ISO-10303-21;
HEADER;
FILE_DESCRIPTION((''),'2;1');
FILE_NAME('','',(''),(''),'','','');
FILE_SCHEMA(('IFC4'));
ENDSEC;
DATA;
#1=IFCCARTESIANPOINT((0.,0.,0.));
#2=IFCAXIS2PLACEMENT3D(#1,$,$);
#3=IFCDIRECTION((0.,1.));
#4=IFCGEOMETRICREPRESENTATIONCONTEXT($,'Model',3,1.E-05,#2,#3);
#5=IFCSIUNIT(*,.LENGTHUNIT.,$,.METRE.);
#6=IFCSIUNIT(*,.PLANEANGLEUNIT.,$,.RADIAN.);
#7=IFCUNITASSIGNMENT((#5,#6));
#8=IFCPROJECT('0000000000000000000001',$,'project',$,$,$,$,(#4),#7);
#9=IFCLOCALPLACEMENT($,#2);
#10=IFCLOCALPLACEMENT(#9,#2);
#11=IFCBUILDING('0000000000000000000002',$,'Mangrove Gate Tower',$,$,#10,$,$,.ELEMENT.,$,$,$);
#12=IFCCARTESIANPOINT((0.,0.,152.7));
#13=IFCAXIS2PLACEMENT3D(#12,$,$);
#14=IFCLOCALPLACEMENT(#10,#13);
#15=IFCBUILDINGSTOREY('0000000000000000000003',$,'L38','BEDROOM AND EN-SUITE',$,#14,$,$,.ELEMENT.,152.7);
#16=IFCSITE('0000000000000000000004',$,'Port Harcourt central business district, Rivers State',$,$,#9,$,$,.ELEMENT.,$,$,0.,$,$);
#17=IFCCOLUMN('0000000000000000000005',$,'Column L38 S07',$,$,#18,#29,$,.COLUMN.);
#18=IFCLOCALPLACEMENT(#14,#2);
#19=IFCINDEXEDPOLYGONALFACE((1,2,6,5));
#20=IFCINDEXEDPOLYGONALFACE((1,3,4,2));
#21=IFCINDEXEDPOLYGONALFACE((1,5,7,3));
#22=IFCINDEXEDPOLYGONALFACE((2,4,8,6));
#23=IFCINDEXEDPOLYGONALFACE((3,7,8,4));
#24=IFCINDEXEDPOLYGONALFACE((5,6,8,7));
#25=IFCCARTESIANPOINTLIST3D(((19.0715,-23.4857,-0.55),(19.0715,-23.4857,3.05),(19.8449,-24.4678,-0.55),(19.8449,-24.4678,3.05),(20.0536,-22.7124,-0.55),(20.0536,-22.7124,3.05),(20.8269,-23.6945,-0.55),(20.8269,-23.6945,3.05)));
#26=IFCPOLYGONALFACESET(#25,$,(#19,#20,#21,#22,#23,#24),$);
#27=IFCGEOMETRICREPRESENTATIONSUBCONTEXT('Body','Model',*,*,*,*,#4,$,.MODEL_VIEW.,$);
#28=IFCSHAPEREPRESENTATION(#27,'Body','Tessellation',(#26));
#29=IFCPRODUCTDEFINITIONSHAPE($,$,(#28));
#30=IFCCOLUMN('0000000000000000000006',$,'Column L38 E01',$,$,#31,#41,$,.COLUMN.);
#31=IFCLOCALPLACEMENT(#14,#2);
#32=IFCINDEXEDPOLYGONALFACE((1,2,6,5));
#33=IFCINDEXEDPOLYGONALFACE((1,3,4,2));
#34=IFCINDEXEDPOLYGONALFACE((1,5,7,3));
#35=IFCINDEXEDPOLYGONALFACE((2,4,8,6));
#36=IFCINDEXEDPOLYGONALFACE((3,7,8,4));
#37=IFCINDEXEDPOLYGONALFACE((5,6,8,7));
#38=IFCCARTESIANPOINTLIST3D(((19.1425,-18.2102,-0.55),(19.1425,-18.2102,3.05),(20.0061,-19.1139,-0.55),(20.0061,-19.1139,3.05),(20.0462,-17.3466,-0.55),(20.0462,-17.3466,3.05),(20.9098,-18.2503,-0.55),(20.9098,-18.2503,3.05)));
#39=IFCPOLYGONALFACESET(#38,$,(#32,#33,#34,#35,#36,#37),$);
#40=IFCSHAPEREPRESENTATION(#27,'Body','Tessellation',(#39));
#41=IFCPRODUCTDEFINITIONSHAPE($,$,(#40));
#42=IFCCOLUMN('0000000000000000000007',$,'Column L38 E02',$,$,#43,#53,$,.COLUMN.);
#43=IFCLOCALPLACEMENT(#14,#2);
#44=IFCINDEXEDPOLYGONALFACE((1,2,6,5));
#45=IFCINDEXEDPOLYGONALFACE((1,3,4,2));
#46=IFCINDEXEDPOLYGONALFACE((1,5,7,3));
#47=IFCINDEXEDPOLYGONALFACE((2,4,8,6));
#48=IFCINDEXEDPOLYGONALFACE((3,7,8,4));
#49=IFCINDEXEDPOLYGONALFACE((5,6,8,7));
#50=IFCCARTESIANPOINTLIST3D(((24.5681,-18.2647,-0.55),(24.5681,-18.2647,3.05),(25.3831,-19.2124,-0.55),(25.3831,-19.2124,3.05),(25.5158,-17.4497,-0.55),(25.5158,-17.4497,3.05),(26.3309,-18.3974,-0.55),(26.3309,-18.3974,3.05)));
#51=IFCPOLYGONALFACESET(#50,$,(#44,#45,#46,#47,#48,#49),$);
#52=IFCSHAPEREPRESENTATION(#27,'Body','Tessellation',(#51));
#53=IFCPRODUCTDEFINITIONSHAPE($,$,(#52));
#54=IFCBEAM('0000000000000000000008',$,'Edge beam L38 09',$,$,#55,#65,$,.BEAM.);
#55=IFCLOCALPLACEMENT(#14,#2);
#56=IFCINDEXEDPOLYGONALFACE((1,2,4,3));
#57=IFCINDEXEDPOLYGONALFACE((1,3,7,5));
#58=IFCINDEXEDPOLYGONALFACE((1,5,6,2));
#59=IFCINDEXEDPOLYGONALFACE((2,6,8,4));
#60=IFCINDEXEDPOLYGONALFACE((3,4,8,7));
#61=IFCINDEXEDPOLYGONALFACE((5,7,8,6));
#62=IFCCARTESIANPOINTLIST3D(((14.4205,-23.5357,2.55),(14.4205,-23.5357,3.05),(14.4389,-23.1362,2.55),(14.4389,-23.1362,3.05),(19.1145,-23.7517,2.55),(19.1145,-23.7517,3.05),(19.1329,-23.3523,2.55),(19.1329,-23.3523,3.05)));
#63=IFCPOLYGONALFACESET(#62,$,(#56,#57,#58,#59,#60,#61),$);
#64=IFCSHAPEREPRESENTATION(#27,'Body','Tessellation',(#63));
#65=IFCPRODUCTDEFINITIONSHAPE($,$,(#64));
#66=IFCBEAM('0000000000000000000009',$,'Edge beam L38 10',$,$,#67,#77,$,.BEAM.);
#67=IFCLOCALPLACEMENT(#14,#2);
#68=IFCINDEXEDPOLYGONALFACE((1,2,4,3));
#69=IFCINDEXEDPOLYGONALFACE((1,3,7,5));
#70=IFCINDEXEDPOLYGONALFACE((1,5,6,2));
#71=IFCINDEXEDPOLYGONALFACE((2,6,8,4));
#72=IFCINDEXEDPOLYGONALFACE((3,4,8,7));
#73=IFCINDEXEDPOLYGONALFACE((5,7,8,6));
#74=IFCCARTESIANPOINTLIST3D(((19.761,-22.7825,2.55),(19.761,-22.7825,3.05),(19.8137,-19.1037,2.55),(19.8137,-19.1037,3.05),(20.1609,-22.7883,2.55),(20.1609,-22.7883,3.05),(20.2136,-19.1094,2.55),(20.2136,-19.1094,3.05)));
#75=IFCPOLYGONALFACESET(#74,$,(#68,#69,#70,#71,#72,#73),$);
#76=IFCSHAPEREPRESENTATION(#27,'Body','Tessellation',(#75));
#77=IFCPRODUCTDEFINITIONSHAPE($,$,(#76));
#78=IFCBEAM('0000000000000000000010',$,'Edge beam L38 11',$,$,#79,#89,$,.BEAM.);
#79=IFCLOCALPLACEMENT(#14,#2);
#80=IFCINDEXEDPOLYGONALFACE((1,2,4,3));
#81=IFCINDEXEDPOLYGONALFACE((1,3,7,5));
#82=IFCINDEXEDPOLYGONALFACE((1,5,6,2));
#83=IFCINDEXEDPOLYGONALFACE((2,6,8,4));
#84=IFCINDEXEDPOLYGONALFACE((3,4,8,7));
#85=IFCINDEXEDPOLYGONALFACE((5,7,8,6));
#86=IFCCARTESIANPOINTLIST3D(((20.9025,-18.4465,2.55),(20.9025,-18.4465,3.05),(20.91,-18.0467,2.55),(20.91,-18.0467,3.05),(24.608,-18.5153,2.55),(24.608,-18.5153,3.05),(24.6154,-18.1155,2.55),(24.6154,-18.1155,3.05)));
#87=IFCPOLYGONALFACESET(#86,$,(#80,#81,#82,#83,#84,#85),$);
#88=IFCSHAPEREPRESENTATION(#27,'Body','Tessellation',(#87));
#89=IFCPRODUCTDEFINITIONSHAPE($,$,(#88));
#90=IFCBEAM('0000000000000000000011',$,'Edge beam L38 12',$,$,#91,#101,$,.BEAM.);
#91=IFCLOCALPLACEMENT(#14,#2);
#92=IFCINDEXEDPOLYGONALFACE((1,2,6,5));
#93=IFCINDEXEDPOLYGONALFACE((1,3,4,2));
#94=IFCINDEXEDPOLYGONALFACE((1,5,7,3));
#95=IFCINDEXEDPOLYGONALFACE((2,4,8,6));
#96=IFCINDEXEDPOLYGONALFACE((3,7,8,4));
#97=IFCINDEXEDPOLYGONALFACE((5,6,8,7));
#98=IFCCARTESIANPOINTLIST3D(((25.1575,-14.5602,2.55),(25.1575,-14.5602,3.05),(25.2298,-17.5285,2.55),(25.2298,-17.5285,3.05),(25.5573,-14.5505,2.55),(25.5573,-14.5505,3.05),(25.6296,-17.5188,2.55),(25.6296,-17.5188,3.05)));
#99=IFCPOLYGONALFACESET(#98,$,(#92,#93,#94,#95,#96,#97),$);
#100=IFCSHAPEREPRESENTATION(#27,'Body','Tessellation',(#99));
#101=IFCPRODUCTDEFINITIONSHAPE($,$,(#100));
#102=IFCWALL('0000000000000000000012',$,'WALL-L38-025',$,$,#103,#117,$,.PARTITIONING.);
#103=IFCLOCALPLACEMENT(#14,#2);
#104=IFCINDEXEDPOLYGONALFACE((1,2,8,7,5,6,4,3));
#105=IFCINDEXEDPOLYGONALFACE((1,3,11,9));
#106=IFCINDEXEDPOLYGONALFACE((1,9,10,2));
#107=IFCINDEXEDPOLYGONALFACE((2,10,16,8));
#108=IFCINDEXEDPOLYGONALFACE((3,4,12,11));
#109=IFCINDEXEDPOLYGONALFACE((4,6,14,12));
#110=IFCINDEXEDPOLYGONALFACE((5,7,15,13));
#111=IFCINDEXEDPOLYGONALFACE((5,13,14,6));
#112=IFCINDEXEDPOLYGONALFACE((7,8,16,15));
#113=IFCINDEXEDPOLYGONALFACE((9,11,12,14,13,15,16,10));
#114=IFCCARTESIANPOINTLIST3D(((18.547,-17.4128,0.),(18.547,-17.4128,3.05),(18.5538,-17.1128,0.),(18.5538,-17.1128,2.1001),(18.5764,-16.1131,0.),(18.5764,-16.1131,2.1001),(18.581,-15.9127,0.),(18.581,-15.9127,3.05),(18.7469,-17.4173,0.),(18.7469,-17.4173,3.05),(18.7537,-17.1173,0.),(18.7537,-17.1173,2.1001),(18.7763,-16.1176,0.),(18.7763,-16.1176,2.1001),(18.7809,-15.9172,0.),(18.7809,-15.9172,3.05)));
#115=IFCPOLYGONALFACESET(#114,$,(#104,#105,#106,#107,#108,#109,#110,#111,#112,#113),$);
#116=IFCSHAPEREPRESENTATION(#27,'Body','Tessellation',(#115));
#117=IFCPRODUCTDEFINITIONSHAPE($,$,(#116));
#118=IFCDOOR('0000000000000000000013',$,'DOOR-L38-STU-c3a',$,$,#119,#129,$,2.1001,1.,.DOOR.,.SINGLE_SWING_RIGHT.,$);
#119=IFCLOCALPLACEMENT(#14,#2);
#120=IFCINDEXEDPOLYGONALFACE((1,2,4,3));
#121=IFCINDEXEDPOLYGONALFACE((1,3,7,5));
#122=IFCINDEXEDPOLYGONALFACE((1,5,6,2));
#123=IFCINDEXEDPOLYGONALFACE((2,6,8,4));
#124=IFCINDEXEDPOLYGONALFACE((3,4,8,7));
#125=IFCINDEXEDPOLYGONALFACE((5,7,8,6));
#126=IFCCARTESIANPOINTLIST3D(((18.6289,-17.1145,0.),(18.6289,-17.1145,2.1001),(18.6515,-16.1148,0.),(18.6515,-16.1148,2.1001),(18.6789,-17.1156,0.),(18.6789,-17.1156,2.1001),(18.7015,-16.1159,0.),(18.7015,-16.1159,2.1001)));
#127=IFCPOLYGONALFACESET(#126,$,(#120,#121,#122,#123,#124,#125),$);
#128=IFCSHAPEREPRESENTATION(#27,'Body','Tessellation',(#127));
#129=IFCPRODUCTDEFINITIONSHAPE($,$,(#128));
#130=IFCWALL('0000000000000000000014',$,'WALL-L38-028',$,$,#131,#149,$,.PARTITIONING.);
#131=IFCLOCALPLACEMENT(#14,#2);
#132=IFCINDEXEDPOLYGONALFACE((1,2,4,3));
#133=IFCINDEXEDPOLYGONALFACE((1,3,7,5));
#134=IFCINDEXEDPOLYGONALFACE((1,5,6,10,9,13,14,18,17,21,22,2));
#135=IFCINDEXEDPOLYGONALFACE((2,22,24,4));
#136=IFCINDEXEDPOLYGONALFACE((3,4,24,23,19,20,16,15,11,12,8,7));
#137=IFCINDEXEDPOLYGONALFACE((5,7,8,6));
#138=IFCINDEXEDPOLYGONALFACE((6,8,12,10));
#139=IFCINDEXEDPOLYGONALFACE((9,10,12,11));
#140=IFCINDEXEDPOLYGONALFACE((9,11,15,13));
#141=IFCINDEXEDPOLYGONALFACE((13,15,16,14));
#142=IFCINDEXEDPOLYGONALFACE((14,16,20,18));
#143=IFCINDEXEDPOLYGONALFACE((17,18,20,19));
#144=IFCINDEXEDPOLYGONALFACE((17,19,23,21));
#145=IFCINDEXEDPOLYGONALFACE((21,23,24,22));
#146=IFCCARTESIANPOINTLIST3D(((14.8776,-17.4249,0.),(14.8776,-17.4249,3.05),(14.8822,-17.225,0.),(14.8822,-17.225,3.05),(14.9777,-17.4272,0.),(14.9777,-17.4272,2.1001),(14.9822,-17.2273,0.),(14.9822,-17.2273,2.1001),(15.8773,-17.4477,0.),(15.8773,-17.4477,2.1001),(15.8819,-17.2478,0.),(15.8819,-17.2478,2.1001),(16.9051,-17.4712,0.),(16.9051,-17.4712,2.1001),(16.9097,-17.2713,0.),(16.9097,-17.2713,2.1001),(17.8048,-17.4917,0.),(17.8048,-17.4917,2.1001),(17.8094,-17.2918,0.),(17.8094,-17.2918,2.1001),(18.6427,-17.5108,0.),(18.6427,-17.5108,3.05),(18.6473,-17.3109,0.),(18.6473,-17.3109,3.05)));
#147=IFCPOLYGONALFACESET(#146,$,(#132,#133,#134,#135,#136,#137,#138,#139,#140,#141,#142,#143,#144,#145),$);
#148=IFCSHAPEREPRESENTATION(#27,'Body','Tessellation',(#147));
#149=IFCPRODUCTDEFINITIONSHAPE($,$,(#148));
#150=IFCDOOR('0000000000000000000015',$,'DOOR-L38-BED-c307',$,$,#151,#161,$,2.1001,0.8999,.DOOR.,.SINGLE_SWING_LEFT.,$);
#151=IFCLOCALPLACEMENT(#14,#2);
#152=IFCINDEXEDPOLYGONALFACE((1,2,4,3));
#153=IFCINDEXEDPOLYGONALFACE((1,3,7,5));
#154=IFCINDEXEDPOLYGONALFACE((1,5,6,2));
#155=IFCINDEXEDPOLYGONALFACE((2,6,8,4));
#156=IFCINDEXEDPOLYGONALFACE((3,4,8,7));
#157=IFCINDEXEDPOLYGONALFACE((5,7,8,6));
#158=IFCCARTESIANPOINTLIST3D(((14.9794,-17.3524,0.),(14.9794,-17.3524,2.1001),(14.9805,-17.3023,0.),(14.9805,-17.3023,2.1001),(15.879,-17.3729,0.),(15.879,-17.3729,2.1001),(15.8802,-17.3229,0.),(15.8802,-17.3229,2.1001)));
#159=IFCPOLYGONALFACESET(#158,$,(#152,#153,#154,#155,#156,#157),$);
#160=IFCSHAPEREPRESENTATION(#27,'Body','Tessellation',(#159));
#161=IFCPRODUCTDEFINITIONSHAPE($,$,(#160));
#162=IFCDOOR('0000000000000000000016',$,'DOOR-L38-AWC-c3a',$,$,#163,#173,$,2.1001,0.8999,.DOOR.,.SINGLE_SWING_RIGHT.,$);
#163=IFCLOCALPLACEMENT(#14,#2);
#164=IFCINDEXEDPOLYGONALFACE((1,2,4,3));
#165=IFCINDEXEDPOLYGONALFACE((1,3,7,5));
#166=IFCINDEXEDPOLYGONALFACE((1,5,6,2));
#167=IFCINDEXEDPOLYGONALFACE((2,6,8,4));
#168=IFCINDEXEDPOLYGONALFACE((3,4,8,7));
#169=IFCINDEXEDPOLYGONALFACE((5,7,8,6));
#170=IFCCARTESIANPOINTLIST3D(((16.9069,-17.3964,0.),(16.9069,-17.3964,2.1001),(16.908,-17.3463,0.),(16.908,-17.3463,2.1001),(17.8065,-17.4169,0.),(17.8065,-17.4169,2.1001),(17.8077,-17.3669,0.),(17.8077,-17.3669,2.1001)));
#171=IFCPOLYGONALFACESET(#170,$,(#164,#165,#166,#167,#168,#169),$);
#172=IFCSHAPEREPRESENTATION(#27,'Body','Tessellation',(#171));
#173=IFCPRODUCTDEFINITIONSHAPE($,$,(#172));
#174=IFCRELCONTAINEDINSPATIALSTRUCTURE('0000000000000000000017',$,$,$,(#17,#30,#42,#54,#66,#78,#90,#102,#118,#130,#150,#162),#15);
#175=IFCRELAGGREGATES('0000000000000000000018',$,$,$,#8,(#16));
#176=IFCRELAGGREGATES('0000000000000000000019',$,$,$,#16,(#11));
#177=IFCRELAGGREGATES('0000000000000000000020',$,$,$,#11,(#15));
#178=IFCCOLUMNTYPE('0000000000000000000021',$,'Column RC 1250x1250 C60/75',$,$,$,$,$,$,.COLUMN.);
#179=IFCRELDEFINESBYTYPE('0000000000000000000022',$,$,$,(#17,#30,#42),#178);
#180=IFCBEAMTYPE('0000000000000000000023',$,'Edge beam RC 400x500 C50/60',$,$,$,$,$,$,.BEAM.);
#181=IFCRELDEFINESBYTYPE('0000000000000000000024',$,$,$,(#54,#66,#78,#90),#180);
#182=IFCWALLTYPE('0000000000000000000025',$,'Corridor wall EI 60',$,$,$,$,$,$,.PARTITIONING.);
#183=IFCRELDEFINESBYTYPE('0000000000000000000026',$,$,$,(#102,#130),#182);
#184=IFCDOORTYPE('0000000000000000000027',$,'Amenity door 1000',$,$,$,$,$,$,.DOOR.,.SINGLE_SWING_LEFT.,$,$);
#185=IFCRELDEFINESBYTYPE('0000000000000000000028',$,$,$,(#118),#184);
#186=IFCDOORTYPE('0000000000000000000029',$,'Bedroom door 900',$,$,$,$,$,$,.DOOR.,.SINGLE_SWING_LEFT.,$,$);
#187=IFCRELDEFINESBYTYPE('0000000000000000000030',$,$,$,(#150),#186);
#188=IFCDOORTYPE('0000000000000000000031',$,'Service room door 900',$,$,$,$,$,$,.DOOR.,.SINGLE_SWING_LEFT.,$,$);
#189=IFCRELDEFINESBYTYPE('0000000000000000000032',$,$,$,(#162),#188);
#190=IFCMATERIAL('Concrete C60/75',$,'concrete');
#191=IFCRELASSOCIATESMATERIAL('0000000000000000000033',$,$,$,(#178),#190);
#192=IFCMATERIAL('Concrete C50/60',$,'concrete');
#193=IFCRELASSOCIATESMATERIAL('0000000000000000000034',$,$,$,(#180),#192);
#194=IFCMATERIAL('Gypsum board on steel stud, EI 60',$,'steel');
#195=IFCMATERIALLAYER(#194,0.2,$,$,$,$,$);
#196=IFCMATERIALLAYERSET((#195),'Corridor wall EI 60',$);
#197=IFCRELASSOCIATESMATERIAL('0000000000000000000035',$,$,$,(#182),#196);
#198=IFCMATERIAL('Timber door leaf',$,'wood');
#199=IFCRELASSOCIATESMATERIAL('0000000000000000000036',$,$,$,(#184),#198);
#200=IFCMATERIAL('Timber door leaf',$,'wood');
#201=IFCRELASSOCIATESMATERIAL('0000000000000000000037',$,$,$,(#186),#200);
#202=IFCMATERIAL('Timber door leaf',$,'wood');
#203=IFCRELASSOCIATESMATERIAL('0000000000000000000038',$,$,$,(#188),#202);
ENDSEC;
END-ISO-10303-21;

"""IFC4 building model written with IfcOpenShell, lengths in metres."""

from ifc_helpers import new_model, si_unit, direction, frame, frame_2d, origin, origin_2d, place, context, subcontext, project, spatial, rectangle, extrude, material, layer, layer_set, material_profile, profile_set, type_object, element, fill, save


model = new_model("IFC4")

# Units and contexts
model_context = context("Model", 3, precision=1e-05, world=origin(), true_north=direction((0.0, 1.0)))
body_context = subcontext(model_context, "Body", "Model", "MODEL_VIEW")
ifc_project = project(units=[si_unit("LENGTHUNIT", "METRE"), si_unit("PLANEANGLEUNIT", "RADIAN")], contexts=[model_context])

# Site, building, storey
site_placement = place(None, origin())
site = spatial("IfcSite", under=ifc_project, at=site_placement, Name="Port Harcourt central business district, Rivers State", CompositionType="ELEMENT", RefElevation=0.0)
building_placement = place(site_placement, origin())
building = spatial("IfcBuilding", under=site, at=building_placement, Name="Mangrove Gate Tower", CompositionType="ELEMENT")
storey_placement = place(building_placement, frame((0.0, 0.0, 152.7)))
storey = spatial("IfcBuildingStorey", under=building, at=storey_placement, Name="L38", Description="BEDROOM AND EN-SUITE", CompositionType="ELEMENT", Elevation=152.7)

# Columns
ifc_material_1 = material(Name="Concrete C60/75", Category="concrete")
ifc_material_profile_1 = material_profile(ifc_material_1, rectangle(XDim=1.25, YDim=1.25, at=origin_2d()))
ifc_profile_set_1 = profile_set([ifc_material_profile_1], Name="Concrete C60/75")
column_type = type_object("IfcColumnType", Name="Column RC 1250x1250 C60/75", PredefinedType="COLUMN", material=ifc_profile_set_1)
for number, where, z_axis, x_axis, name in (
    (1, (19.9492, -23.5901, -0.55), (0.0, 0.0, 1.0), (0.785651, 0.61867, 0.0), "Column L38 S07"),
    (2, (20.0261, -18.2302, -0.55), (0.0, 0.0, 1.0), (0.722966, 0.690884, 0.0), "Column L38 E01"),
    (3, (25.4495, -18.3311, -0.55), (0.0, 0.0, 1.0), (0.758168, 0.65206, 0.0), "Column L38 E02"),
):
    element("IfcColumn", number, at=place(storey_placement, frame(where, z_axis=z_axis, x_axis=x_axis)), inside=storey, type_object=column_type, Name=name, PredefinedType="COLUMN", context=body_context, shape_type="SweptSolid", body=[
        extrude(rectangle(XDim=1.25, YDim=1.25, at=origin_2d()), origin(), (0.0, 0.0, 1.0), 3.6001),
    ])

# Beams
ifc_material_2 = material(Name="Concrete C50/60", Category="concrete")
ifc_material_profile_2 = material_profile(ifc_material_2, rectangle(XDim=0.3999, YDim=0.5, at=origin_2d()))
ifc_profile_set_2 = profile_set([ifc_material_profile_2], Name="Concrete C50/60")
beam_type = type_object("IfcBeamType", Name="Edge beam RC 400x500 C50/60", PredefinedType="BEAM", material=ifc_profile_set_2)
beam_1_placement = place(storey_placement, frame((14.4297, -23.3359, 2.8), z_axis=(0.998942, -0.04598, 0.0), x_axis=(0.04598, 0.998942, 0.0)))
element("IfcBeam", 4, at=beam_1_placement, inside=storey, type_object=beam_type, Name="Edge beam L38 09", PredefinedType="BEAM", context=body_context, shape_type="SweptSolid", body=[
    extrude(rectangle(XDim=0.3999, YDim=0.5, at=origin_2d()), origin(), (0.0, 0.0, 1.0), 4.699),
])
beam_2_placement = place(storey_placement, frame((19.9609, -22.7854, 2.8), z_axis=(0.014334, 0.999897, 0.0), x_axis=(-0.999897, 0.014334, 0.0)))
element("IfcBeam", 5, at=beam_2_placement, inside=storey, type_object=beam_type, Name="Edge beam L38 10", PredefinedType="BEAM", context=body_context, shape_type="SweptSolid", body=[
    extrude(rectangle(XDim=0.3999, YDim=0.5, at=origin_2d()), origin(), (0.0, 0.0, 1.0), 3.6792),
])
beam_3_placement = place(storey_placement, frame((20.9062, -18.2466, 2.8), z_axis=(0.999827, -0.018578, 0.0), x_axis=(0.018578, 0.999827, 0.0)))
element("IfcBeam", 6, at=beam_3_placement, inside=storey, type_object=beam_type, Name="Edge beam L38 11", PredefinedType="BEAM", context=body_context, shape_type="SweptSolid", body=[
    extrude(rectangle(XDim=0.3999, YDim=0.5, at=origin_2d()), origin(), (0.0, 0.0, 1.0), 3.7061),
])
beam_4_placement = place(storey_placement, frame((25.4297, -17.5237, 2.8), z_axis=(-0.024339, 0.999704, 0.0), x_axis=(-0.999704, -0.024339, 0.0)))
element("IfcBeam", 7, at=beam_4_placement, inside=storey, type_object=beam_type, Name="Edge beam L38 12", PredefinedType="BEAM", context=body_context, shape_type="SweptSolid", body=[
    extrude(rectangle(XDim=0.3999, YDim=0.5, at=origin_2d()), origin(), (0.0, 0.0, 1.0), 2.9692),
])

# Wall, opening, door
ifc_material_3 = material(Name="Gypsum board on steel stud, EI 60", Category="steel")
ifc_layer_1 = layer(ifc_material_3, 0.2)
ifc_layer_set_1 = layer_set([ifc_layer_1], Name="Corridor wall EI 60")
wall_type_1 = type_object("IfcWallType", Name="Corridor wall EI 60", PredefinedType="PARTITIONING", material=ifc_layer_set_1)
wall_1_placement = place(storey_placement, frame((18.647, -17.415, 0.0), z_axis=(0.0, 0.0, 1.0), x_axis=(0.022618, 0.999744, 0.0)))
wall_1 = element("IfcWall", 8, at=wall_1_placement, inside=storey, type_object=wall_type_1, Name="WALL-L38-025", PredefinedType="PARTITIONING", context=body_context, shape_type="SweptSolid", body=[
    extrude(rectangle(XDim=1.5005, YDim=0.2, at=frame_2d((0.7502, 0.0))), origin(), (0.0, 0.0, 1.0), 3.05),
])
opening_1_placement = place(wall_1_placement, frame((0.3, 0.0, 0.0)))
opening_1 = element("IfcOpeningElement", 9, at=opening_1_placement, cuts=wall_1, PredefinedType="OPENING", context=body_context, shape_type="SweptSolid", body=[
    extrude(rectangle(XDim=1.0, YDim=2.1001, at=frame_2d((0.5, 1.05))), frame((0.0, 0.1099, 0.0), z_axis=(0.0, -1.0, 0.0), x_axis=(1.0, 0.0, 0.0)), (0.0, 0.0, 1.0), 0.22),
])
ifc_material_4 = material(Name="Timber door leaf", Category="wood")
door_type_1 = type_object("IfcDoorType", Name="Amenity door 1000", OperationType="SINGLE_SWING_LEFT", PredefinedType="DOOR", material=ifc_material_4)
door_1_placement = place(opening_1_placement, origin())
door_1 = element("IfcDoor", 10, at=door_1_placement, inside=storey, type_object=door_type_1, Name="DOOR-L38-STU-c3a", OperationType="SINGLE_SWING_RIGHT", OverallHeight=2.1001, OverallWidth=1.0, PredefinedType="DOOR", context=body_context, shape_type="SweptSolid", body=[
    extrude(rectangle(XDim=1.0, YDim=2.1001, at=frame_2d((0.5, 1.05))), frame((0.0, 0.0249, 0.0), z_axis=(0.0, -1.0, 0.0), x_axis=(1.0, 0.0, 0.0)), (0.0, 0.0, 1.0), 0.05),
])
fill(opening_1, door_1)

# Wall, openings, doors
wall_2_placement = place(storey_placement, frame((14.8799, -17.325, 0.0), z_axis=(0.0, 0.0, 1.0), x_axis=(0.99974, -0.022819, 0.0)))
wall_2 = element("IfcWall", 11, at=wall_2_placement, inside=storey, type_object=wall_type_1, Name="WALL-L38-028", PredefinedType="PARTITIONING", context=body_context, shape_type="SweptSolid", body=[
    extrude(rectangle(XDim=3.7661, YDim=0.2, at=frame_2d((1.8831, 0.0))), origin(), (0.0, 0.0, 1.0), 3.05),
])
opening_2_placement = place(wall_2_placement, frame((0.1001, 0.0, 0.0)))
opening_2 = element("IfcOpeningElement", 12, at=opening_2_placement, cuts=wall_2, PredefinedType="OPENING", context=body_context, shape_type="SweptSolid", body=[
    extrude(rectangle(XDim=0.8999, YDim=2.1001, at=frame_2d((0.45, 1.05))), frame((0.0, 0.1099, 0.0), z_axis=(0.0, -1.0, 0.0), x_axis=(1.0, 0.0, 0.0)), (0.0, 0.0, 1.0), 0.22),
])
opening_3_placement = place(wall_2_placement, frame((2.0281, 0.0, 0.0)))
opening_3 = element("IfcOpeningElement", 13, at=opening_3_placement, cuts=wall_2, PredefinedType="OPENING", context=body_context, shape_type="SweptSolid", body=[
    extrude(rectangle(XDim=0.8999, YDim=2.1001, at=frame_2d((0.45, 1.05))), frame((0.0, 0.1099, 0.0), z_axis=(0.0, -1.0, 0.0), x_axis=(1.0, 0.0, 0.0)), (0.0, 0.0, 1.0), 0.22),
])
ifc_material_5 = material(Name="Timber door leaf", Category="wood")
door_type_2 = type_object("IfcDoorType", Name="Bedroom door 900", OperationType="SINGLE_SWING_LEFT", PredefinedType="DOOR", material=ifc_material_5)
door_2_placement = place(opening_2_placement, origin())
door_2 = element("IfcDoor", 14, at=door_2_placement, inside=storey, type_object=door_type_2, Name="DOOR-L38-BED-c307", OperationType="SINGLE_SWING_LEFT", OverallHeight=2.1001, OverallWidth=0.8999, PredefinedType="DOOR", context=body_context, shape_type="SweptSolid", body=[
    extrude(rectangle(XDim=0.8999, YDim=2.1001, at=frame_2d((0.45, 1.05))), frame((0.0, 0.0249, 0.0), z_axis=(0.0, -1.0, 0.0), x_axis=(1.0, 0.0, 0.0)), (0.0, 0.0, 1.0), 0.05),
])
fill(opening_2, door_2)
ifc_material_6 = material(Name="Timber door leaf", Category="wood")
door_type_3 = type_object("IfcDoorType", Name="Service room door 900", OperationType="SINGLE_SWING_LEFT", PredefinedType="DOOR", material=ifc_material_6)
door_3_placement = place(opening_3_placement, origin())
door_3 = element("IfcDoor", 15, at=door_3_placement, inside=storey, type_object=door_type_3, Name="DOOR-L38-AWC-c3a", OperationType="SINGLE_SWING_RIGHT", OverallHeight=2.1001, OverallWidth=0.8999, PredefinedType="DOOR", context=body_context, shape_type="SweptSolid", body=[
    extrude(rectangle(XDim=0.8999, YDim=2.1001, at=frame_2d((0.45, 1.05))), frame((0.0, 0.0249, 0.0), z_axis=(0.0, -1.0, 0.0), x_axis=(1.0, 0.0, 0.0)), (0.0, 0.0, 1.0), 0.05),
])
fill(opening_3, door_3)

save(model, "model.ifc")
